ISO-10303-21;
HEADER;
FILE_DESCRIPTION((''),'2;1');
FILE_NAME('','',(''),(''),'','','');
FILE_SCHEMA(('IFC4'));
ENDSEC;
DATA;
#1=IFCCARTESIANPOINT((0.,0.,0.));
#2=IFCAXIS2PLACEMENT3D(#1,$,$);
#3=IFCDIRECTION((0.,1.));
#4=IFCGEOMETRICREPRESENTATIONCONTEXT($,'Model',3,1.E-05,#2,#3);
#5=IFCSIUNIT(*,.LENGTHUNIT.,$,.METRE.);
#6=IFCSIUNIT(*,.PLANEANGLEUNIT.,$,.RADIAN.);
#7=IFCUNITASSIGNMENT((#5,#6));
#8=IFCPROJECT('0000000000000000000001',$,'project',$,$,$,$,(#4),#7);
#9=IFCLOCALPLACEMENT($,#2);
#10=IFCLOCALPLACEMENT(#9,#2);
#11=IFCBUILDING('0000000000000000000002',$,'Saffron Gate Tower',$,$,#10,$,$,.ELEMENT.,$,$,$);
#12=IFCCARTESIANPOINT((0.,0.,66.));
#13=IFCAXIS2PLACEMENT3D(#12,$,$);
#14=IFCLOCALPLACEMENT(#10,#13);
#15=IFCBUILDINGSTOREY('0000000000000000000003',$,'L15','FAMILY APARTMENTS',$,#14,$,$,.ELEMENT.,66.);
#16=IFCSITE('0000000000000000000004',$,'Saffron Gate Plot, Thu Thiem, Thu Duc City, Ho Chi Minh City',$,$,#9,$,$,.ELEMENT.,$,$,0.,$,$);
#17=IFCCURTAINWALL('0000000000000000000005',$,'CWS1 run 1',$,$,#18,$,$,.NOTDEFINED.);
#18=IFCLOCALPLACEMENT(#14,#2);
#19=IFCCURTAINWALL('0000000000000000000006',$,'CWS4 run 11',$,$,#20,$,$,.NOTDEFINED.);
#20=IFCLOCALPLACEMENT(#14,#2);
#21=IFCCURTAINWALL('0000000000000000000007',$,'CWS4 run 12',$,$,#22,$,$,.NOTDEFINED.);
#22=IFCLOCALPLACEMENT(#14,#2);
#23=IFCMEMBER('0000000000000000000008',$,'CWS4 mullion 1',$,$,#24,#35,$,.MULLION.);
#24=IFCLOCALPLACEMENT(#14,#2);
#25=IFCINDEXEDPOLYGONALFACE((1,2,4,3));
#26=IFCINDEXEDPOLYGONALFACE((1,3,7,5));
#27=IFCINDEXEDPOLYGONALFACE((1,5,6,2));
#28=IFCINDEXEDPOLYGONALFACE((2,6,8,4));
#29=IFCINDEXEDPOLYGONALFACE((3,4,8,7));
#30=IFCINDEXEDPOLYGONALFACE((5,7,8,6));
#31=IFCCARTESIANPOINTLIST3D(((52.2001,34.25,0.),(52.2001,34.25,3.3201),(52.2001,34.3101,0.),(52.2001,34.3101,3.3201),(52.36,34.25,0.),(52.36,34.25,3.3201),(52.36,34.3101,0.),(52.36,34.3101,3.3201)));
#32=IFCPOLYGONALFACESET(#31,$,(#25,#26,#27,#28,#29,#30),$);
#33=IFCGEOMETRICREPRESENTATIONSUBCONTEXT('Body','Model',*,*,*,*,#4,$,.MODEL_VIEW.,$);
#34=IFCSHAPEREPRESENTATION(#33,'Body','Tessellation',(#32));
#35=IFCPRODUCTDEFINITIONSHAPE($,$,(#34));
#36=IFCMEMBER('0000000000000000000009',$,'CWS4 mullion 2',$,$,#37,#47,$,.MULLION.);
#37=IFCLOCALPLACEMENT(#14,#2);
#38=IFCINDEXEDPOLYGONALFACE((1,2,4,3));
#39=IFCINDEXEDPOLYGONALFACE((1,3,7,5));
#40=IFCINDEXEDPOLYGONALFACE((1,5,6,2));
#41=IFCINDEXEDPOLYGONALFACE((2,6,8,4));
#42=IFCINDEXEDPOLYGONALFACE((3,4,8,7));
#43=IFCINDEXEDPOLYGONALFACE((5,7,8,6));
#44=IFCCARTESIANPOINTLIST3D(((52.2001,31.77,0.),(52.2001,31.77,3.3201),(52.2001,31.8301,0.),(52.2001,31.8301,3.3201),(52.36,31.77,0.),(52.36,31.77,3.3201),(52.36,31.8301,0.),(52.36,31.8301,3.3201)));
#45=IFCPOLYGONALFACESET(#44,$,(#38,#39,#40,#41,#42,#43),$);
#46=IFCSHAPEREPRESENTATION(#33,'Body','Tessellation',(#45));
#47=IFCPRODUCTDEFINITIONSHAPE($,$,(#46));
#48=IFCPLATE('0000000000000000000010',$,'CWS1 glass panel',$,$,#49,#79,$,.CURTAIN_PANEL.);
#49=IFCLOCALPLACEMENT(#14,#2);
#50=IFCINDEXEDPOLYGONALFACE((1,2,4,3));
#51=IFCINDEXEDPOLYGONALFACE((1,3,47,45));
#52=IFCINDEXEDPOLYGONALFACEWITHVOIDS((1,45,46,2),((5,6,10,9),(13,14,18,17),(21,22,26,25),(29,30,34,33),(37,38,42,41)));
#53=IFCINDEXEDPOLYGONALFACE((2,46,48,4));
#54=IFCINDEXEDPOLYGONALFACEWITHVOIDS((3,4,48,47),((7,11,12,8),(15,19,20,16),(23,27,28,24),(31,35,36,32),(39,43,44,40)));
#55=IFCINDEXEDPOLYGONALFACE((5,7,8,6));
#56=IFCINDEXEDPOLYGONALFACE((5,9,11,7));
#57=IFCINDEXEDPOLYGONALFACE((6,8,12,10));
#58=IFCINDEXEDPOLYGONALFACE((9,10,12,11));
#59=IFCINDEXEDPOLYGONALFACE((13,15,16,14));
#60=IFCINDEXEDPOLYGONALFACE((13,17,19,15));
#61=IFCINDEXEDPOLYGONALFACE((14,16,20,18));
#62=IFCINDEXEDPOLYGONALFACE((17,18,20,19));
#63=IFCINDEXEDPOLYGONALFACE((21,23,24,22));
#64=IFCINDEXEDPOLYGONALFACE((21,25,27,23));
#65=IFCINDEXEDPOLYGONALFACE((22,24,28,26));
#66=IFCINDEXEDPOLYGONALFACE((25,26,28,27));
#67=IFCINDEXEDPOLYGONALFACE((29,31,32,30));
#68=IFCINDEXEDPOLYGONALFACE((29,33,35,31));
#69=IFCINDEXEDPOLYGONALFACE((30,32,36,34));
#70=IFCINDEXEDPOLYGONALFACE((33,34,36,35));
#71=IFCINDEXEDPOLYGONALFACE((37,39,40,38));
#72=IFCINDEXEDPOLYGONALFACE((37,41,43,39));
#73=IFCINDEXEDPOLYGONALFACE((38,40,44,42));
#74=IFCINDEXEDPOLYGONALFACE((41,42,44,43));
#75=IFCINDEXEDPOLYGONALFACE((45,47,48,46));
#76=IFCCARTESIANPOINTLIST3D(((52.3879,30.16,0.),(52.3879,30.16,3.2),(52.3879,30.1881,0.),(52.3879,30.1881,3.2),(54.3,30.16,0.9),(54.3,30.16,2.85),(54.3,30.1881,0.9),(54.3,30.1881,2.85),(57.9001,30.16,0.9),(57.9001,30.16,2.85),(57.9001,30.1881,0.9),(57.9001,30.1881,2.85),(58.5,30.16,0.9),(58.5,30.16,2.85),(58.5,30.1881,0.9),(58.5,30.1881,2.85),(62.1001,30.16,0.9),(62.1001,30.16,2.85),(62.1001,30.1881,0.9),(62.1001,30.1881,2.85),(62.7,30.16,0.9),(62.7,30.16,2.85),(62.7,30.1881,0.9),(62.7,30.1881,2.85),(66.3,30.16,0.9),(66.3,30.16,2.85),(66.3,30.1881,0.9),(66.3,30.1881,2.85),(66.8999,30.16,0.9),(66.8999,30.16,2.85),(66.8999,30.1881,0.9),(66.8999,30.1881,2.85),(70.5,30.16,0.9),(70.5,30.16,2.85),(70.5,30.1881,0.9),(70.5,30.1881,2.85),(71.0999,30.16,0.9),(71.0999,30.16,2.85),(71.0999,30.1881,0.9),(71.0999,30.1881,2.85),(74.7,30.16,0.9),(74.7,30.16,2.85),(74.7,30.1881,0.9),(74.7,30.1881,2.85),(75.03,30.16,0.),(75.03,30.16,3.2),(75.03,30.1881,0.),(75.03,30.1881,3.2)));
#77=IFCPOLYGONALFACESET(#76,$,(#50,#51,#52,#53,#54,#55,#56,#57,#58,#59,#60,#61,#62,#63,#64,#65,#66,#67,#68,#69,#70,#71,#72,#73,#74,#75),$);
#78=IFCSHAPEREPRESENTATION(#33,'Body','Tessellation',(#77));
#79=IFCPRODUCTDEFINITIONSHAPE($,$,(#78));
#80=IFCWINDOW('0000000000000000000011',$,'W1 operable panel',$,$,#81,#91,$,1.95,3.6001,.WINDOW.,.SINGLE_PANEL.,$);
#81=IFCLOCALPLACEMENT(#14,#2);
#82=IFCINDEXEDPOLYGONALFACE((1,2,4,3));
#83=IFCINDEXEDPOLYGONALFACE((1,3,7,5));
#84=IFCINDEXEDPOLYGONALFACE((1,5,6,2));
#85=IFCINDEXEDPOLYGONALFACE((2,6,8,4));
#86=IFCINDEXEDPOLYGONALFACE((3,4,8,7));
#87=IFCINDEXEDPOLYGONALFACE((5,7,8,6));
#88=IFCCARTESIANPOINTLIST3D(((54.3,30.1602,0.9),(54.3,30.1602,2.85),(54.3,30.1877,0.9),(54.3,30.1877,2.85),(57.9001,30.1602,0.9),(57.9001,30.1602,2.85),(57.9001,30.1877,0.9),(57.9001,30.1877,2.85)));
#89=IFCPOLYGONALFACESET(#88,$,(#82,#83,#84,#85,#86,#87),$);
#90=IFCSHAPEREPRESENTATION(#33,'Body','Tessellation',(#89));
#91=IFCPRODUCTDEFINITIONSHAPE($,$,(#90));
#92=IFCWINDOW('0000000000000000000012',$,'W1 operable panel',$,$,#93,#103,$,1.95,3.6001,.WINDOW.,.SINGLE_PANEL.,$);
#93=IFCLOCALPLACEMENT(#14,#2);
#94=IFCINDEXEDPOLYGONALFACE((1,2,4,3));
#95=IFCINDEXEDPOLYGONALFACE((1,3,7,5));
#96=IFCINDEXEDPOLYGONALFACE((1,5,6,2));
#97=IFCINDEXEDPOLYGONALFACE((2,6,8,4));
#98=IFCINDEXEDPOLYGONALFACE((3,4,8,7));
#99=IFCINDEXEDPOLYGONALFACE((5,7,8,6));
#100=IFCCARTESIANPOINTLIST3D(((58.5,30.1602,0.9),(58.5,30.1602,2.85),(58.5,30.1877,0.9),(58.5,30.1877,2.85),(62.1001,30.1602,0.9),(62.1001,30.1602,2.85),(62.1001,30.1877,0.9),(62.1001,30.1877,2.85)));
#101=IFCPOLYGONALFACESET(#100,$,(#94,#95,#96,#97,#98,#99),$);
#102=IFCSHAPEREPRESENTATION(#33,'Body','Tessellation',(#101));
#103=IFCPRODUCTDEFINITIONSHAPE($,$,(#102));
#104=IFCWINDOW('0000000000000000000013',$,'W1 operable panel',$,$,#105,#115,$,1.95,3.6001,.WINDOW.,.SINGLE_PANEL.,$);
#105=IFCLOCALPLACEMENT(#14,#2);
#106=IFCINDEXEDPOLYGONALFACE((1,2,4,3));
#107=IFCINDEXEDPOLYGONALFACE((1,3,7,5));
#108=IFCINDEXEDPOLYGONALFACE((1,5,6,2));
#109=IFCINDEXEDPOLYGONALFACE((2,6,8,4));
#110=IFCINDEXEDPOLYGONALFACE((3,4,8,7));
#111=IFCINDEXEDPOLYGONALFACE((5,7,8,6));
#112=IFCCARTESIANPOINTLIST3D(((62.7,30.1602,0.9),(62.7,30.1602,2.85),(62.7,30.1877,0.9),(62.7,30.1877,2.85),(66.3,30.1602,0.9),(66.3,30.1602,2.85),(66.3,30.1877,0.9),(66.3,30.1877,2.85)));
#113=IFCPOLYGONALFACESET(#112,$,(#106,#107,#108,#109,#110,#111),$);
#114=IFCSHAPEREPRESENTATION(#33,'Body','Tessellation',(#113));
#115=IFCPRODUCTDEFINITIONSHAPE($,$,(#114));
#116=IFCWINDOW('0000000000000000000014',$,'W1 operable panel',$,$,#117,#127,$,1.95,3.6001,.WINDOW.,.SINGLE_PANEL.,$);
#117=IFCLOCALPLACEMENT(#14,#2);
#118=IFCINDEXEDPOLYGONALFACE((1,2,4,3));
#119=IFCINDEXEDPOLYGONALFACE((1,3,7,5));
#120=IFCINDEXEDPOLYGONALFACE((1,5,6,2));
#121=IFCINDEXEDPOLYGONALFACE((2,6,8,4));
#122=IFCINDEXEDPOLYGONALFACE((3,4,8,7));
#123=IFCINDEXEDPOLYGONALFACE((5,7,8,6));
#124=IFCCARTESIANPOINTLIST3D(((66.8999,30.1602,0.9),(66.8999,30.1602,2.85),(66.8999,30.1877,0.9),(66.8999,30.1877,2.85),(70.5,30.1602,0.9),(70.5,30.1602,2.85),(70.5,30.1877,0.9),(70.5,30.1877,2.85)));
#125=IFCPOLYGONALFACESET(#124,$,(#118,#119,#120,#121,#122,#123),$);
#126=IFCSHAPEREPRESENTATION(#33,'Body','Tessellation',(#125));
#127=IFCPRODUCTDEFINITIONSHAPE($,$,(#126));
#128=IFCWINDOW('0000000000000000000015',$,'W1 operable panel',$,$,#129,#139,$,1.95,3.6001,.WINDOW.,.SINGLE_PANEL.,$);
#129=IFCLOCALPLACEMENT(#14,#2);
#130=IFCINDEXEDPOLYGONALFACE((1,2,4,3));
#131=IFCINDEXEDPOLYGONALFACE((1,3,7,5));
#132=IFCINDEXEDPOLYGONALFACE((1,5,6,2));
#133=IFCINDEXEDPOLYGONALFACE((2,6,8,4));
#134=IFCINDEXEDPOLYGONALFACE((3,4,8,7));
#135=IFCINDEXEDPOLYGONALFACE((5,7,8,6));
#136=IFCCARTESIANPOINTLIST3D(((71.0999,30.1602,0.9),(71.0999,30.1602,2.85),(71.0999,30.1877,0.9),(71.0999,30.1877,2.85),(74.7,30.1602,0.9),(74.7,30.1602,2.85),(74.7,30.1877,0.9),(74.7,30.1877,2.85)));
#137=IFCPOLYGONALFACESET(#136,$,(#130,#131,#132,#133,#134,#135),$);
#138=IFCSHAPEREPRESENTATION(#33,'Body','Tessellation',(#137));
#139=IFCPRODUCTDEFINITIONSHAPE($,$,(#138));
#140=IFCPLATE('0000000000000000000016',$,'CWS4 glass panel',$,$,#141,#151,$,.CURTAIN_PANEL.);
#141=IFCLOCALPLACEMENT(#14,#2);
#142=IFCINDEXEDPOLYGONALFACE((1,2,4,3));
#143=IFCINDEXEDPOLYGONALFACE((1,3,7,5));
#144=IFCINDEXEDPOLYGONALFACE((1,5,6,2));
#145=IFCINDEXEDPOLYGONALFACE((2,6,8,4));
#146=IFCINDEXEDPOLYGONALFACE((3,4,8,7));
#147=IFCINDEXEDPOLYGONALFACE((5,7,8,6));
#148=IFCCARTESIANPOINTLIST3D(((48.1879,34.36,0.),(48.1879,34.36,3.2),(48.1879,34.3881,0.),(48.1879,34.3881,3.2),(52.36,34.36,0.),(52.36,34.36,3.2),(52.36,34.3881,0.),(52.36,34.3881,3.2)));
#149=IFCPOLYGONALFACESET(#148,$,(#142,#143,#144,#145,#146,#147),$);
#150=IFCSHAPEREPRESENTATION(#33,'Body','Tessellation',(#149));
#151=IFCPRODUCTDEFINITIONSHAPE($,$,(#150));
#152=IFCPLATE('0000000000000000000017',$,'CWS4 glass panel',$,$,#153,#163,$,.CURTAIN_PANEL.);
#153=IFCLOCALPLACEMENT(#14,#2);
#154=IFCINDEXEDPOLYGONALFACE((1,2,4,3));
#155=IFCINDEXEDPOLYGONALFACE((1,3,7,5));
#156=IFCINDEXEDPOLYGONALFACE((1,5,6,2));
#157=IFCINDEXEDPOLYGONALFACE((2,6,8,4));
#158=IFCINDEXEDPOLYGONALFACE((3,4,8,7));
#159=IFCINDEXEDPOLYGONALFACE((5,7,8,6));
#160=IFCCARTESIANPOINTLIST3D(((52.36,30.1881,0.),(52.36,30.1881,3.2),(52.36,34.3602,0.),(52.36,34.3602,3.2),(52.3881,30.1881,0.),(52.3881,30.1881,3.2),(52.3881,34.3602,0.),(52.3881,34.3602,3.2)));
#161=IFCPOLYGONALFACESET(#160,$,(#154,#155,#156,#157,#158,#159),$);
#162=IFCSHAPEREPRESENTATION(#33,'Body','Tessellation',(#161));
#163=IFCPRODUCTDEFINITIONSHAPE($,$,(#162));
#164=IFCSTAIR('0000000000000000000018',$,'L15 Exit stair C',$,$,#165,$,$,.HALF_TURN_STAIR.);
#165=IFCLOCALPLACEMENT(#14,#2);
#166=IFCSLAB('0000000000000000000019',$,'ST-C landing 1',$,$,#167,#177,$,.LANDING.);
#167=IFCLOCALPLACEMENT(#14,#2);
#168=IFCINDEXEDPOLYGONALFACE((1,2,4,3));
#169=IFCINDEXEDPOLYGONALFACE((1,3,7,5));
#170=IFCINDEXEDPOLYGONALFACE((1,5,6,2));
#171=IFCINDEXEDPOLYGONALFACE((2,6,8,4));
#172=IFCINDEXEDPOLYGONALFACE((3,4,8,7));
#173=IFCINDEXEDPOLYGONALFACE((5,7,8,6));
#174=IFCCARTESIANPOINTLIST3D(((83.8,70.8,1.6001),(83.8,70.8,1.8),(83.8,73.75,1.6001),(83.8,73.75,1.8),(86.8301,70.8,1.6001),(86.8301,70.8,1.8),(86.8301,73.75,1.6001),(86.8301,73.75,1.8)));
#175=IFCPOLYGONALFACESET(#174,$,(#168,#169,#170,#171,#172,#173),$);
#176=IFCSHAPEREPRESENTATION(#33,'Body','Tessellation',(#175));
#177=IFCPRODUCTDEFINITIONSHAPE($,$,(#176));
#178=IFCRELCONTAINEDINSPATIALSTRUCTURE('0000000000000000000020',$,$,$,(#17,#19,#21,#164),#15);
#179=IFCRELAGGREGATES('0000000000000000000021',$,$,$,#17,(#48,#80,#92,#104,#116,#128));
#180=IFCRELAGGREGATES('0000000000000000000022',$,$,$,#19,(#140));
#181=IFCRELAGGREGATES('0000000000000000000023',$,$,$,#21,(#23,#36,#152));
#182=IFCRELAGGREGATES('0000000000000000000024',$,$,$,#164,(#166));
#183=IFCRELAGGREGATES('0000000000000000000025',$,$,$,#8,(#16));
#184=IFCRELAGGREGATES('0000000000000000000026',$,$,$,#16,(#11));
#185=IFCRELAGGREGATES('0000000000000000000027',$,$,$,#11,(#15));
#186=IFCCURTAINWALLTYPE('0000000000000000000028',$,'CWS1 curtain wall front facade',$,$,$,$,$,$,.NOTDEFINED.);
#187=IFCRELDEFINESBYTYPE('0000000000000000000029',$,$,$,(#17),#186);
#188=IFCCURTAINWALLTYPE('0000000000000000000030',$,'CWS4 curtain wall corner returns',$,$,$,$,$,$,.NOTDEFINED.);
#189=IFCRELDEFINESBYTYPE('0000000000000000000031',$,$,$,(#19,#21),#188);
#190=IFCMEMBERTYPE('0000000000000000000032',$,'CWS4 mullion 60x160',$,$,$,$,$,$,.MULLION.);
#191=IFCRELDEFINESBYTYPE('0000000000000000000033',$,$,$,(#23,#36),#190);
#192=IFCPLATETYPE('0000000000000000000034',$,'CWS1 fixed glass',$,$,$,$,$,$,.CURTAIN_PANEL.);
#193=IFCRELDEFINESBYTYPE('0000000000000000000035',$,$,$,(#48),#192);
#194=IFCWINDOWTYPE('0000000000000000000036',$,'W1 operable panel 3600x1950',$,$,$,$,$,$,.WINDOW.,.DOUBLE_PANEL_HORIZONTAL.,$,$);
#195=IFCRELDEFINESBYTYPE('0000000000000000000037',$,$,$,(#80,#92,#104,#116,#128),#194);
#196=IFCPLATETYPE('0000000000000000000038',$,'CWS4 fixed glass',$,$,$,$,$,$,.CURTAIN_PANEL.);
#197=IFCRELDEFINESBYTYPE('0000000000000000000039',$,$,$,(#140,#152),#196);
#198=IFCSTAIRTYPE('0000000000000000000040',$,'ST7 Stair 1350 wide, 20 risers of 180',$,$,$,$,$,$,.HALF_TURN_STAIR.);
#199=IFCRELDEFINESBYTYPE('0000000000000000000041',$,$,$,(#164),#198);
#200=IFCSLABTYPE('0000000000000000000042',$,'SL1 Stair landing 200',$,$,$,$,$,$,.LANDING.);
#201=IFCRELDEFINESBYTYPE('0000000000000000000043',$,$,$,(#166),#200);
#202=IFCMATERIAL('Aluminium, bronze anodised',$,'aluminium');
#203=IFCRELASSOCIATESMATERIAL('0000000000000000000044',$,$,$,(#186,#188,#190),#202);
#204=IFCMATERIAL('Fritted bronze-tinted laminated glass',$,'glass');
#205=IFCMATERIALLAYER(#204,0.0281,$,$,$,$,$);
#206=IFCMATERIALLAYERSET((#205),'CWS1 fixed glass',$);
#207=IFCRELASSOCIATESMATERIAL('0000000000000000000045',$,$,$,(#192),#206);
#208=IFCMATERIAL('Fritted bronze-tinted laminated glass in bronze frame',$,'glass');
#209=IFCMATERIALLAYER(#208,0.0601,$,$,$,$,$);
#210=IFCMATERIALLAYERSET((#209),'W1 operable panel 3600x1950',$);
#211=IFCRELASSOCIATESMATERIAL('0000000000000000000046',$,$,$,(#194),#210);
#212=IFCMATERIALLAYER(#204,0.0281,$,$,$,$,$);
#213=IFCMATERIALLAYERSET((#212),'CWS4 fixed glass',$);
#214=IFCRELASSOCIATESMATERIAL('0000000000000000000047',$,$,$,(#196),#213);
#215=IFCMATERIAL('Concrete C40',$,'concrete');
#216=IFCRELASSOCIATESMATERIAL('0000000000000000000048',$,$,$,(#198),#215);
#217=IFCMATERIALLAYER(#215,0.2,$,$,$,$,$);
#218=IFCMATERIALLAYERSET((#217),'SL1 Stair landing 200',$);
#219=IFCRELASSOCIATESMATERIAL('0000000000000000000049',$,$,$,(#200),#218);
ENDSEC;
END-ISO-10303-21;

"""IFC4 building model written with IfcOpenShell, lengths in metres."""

from ifc_helpers import new_model, si_unit, direction, frame, frame_2d, origin, origin_2d, place, context, subcontext, project, spatial, polyline, rectangle, outline, extrude, material, layer, layer_set, material_profile, profile_set, type_object, element, fill, aggregate, save


model = new_model("IFC4")

# Units and contexts
model_context = context("Model", 3, precision=1e-05, world=origin(), true_north=direction((0.0, 1.0)))
body_context = subcontext(model_context, "Body", "Model", "MODEL_VIEW")
ifc_project = project(units=[si_unit("LENGTHUNIT", "METRE"), si_unit("PLANEANGLEUNIT", "RADIAN")], contexts=[model_context])

# Site, building, storey
site_placement = place(None, origin())
site = spatial("IfcSite", under=ifc_project, at=site_placement, Name="Saffron Gate Plot, Thu Thiem, Thu Duc City, Ho Chi Minh City", CompositionType="ELEMENT", RefElevation=0.0)
building_placement = place(site_placement, origin())
building = spatial("IfcBuilding", under=site, at=building_placement, Name="Saffron Gate Tower", CompositionType="ELEMENT")
storey_placement = place(building_placement, frame((0.0, 0.0, 66.0)))
storey = spatial("IfcBuildingStorey", under=building, at=storey_placement, Name="L15", Description="FAMILY APARTMENTS", CompositionType="ELEMENT", Elevation=66.0)

# Curtain wall
ifc_material_1 = material(Name="Aluminium, bronze anodised", Category="aluminium")
curtain_wall_type_1 = type_object("IfcCurtainWallType", Name="CWS1 curtain wall front facade", PredefinedType="NOTDEFINED", material=ifc_material_1)
curtain_wall_1_placement = place(storey_placement, origin())
curtain_wall_1 = element("IfcCurtainWall", 1, at=curtain_wall_1_placement, inside=storey, type_object=curtain_wall_type_1, Name="CWS1 run 1", PredefinedType="NOTDEFINED")

# Curtain walls
curtain_wall_type_2 = type_object("IfcCurtainWallType", Name="CWS4 curtain wall corner returns", PredefinedType="NOTDEFINED", material=ifc_material_1)
curtain_wall_2_placement = place(storey_placement, origin())
curtain_wall_2 = element("IfcCurtainWall", 2, at=curtain_wall_2_placement, inside=storey, type_object=curtain_wall_type_2, Name="CWS4 run 11", PredefinedType="NOTDEFINED")
curtain_wall_3_placement = place(storey_placement, origin())
curtain_wall_3 = element("IfcCurtainWall", 3, at=curtain_wall_3_placement, inside=storey, type_object=curtain_wall_type_2, Name="CWS4 run 12", PredefinedType="NOTDEFINED")

# Members
ifc_material_profile_1 = material_profile(ifc_material_1, rectangle(XDim=0.1599, YDim=0.0601, at=origin_2d()))
ifc_profile_set_1 = profile_set([ifc_material_profile_1], Name="Aluminium, bronze anodised")
member_type_1 = type_object("IfcMemberType", Name="CWS4 mullion 60x160", PredefinedType="MULLION", material=ifc_profile_set_1)
member_1_placement = place(storey_placement, frame((52.28, 34.28, 0.0), z_axis=(0.0, 0.0, 1.0), x_axis=(1.0, 0.0, 0.0)))
member_1 = element("IfcMember", 4, at=member_1_placement, type_object=member_type_1, Name="CWS4 mullion 1", PredefinedType="MULLION", context=body_context, shape_type="SweptSolid", body=[
    extrude(rectangle(XDim=0.1599, YDim=0.0601, at=origin_2d()), origin(), (0.0, 0.0, 1.0), 3.3201),
])
member_2_placement = place(storey_placement, frame((52.28, 31.8, 0.0), z_axis=(0.0, 0.0, 1.0), x_axis=(1.0, 0.0, 0.0)))
member_2 = element("IfcMember", 5, at=member_2_placement, type_object=member_type_1, Name="CWS4 mullion 2", PredefinedType="MULLION", context=body_context, shape_type="SweptSolid", body=[
    extrude(rectangle(XDim=0.1599, YDim=0.0601, at=origin_2d()), origin(), (0.0, 0.0, 1.0), 3.3201),
])

# Plate, openings, windows
ifc_material_2 = material(Name="Fritted bronze-tinted laminated glass", Category="glass")
ifc_layer_1 = layer(ifc_material_2, 0.0281)
ifc_layer_set_1 = layer_set([ifc_layer_1], Name="CWS1 fixed glass")
plate_type_1 = type_object("IfcPlateType", Name="CWS1 fixed glass", PredefinedType="CURTAIN_PANEL", material=ifc_layer_set_1)
plate_1_placement = place(storey_placement, frame((52.3879, 30.1741, 0.0), z_axis=(0.0, 0.0, 1.0), x_axis=(1.0, 0.0, 0.0)))
plate_1 = element("IfcPlate", 6, at=plate_1_placement, type_object=plate_type_1, Name="CWS1 glass panel", PredefinedType="CURTAIN_PANEL", context=body_context, shape_type="SweptSolid", body=[
    extrude(rectangle(XDim=22.6421, YDim=0.0281, at=frame_2d((11.321, 0.0))), origin(), (0.0, 0.0, 1.0), 3.2),
])
opening_1_placement = place(plate_1_placement, frame((1.9121, 0.0, 0.8999)))
opening_1 = element("IfcOpeningElement", 7, at=opening_1_placement, cuts=plate_1, PredefinedType="OPENING", context=body_context, shape_type="SweptSolid", body=[
    extrude(rectangle(XDim=3.6001, YDim=1.95, at=frame_2d((1.8, 0.9751))), frame((0.0, 0.0239, 0.0), z_axis=(0.0, -1.0, 0.0), x_axis=(1.0, 0.0, 0.0)), (0.0, 0.0, 1.0), 0.0481),
])
opening_2_placement = place(plate_1_placement, frame((6.1121, 0.0, 0.8999)))
opening_2 = element("IfcOpeningElement", 8, at=opening_2_placement, cuts=plate_1, PredefinedType="OPENING", context=body_context, shape_type="SweptSolid", body=[
    extrude(rectangle(XDim=3.6001, YDim=1.95, at=frame_2d((1.8, 0.9751))), frame((0.0, 0.0239, 0.0), z_axis=(0.0, -1.0, 0.0), x_axis=(1.0, 0.0, 0.0)), (0.0, 0.0, 1.0), 0.0481),
])
opening_3_placement = place(plate_1_placement, frame((10.312, 0.0, 0.8999)))
opening_3 = element("IfcOpeningElement", 9, at=opening_3_placement, cuts=plate_1, PredefinedType="OPENING", context=body_context, shape_type="SweptSolid", body=[
    extrude(rectangle(XDim=3.6001, YDim=1.95, at=frame_2d((1.8, 0.9751))), frame((0.0, 0.0239, 0.0), z_axis=(0.0, -1.0, 0.0), x_axis=(1.0, 0.0, 0.0)), (0.0, 0.0, 1.0), 0.0481),
])
opening_4_placement = place(plate_1_placement, frame((14.512, 0.0, 0.8999)))
opening_4 = element("IfcOpeningElement", 10, at=opening_4_placement, cuts=plate_1, PredefinedType="OPENING", context=body_context, shape_type="SweptSolid", body=[
    extrude(rectangle(XDim=3.6001, YDim=1.95, at=frame_2d((1.8, 0.9751))), frame((0.0, 0.0239, 0.0), z_axis=(0.0, -1.0, 0.0), x_axis=(1.0, 0.0, 0.0)), (0.0, 0.0, 1.0), 0.0481),
])
opening_5_placement = place(plate_1_placement, frame((18.7119, 0.0, 0.8999)))
opening_5 = element("IfcOpeningElement", 11, at=opening_5_placement, cuts=plate_1, PredefinedType="OPENING", context=body_context, shape_type="SweptSolid", body=[
    extrude(rectangle(XDim=3.6001, YDim=1.95, at=frame_2d((1.8, 0.9751))), frame((0.0, 0.0239, 0.0), z_axis=(0.0, -1.0, 0.0), x_axis=(1.0, 0.0, 0.0)), (0.0, 0.0, 1.0), 0.0481),
])
ifc_material_3 = material(Name="Fritted bronze-tinted laminated glass in bronze frame", Category="glass")
ifc_layer_2 = layer(ifc_material_3, 0.0601)
ifc_layer_set_2 = layer_set([ifc_layer_2], Name="W1 operable panel 3600x1950")
window_type = type_object("IfcWindowType", Name="W1 operable panel 3600x1950", PartitioningType="DOUBLE_PANEL_HORIZONTAL", PredefinedType="WINDOW", material=ifc_layer_set_2)
window_1_placement = place(opening_1_placement, origin())
window_1 = element("IfcWindow", 12, at=window_1_placement, type_object=window_type, Name="W1 operable panel", OverallHeight=1.95, OverallWidth=3.6001, PartitioningType="SINGLE_PANEL", PredefinedType="WINDOW", context=body_context, shape_type="SweptSolid", body=[
    extrude(rectangle(XDim=3.6001, YDim=1.95, at=frame_2d((1.8, 0.9751))), frame((0.0, 0.0137, 0.0), z_axis=(0.0, -1.0, 0.0), x_axis=(1.0, 0.0, 0.0)), (0.0, 0.0, 1.0), 0.0276),
])
fill(opening_1, window_1)
window_2_placement = place(opening_2_placement, origin())
window_2 = element("IfcWindow", 13, at=window_2_placement, type_object=window_type, Name="W1 operable panel", OverallHeight=1.95, OverallWidth=3.6001, PartitioningType="SINGLE_PANEL", PredefinedType="WINDOW", context=body_context, shape_type="SweptSolid", body=[
    extrude(rectangle(XDim=3.6001, YDim=1.95, at=frame_2d((1.8, 0.9751))), frame((0.0, 0.0137, 0.0), z_axis=(0.0, -1.0, 0.0), x_axis=(1.0, 0.0, 0.0)), (0.0, 0.0, 1.0), 0.0276),
])
fill(opening_2, window_2)
window_3_placement = place(opening_3_placement, origin())
window_3 = element("IfcWindow", 14, at=window_3_placement, type_object=window_type, Name="W1 operable panel", OverallHeight=1.95, OverallWidth=3.6001, PartitioningType="SINGLE_PANEL", PredefinedType="WINDOW", context=body_context, shape_type="SweptSolid", body=[
    extrude(rectangle(XDim=3.6001, YDim=1.95, at=frame_2d((1.8, 0.9751))), frame((0.0, 0.0137, 0.0), z_axis=(0.0, -1.0, 0.0), x_axis=(1.0, 0.0, 0.0)), (0.0, 0.0, 1.0), 0.0276),
])
fill(opening_3, window_3)
window_4_placement = place(opening_4_placement, origin())
window_4 = element("IfcWindow", 15, at=window_4_placement, type_object=window_type, Name="W1 operable panel", OverallHeight=1.95, OverallWidth=3.6001, PartitioningType="SINGLE_PANEL", PredefinedType="WINDOW", context=body_context, shape_type="SweptSolid", body=[
    extrude(rectangle(XDim=3.6001, YDim=1.95, at=frame_2d((1.8, 0.9751))), frame((0.0, 0.0137, 0.0), z_axis=(0.0, -1.0, 0.0), x_axis=(1.0, 0.0, 0.0)), (0.0, 0.0, 1.0), 0.0276),
])
fill(opening_4, window_4)
window_5_placement = place(opening_5_placement, origin())
window_5 = element("IfcWindow", 16, at=window_5_placement, type_object=window_type, Name="W1 operable panel", OverallHeight=1.95, OverallWidth=3.6001, PartitioningType="SINGLE_PANEL", PredefinedType="WINDOW", context=body_context, shape_type="SweptSolid", body=[
    extrude(rectangle(XDim=3.6001, YDim=1.95, at=frame_2d((1.8, 0.9751))), frame((0.0, 0.0137, 0.0), z_axis=(0.0, -1.0, 0.0), x_axis=(1.0, 0.0, 0.0)), (0.0, 0.0, 1.0), 0.0276),
])
fill(opening_5, window_5)
aggregate(curtain_wall_1, [plate_1, window_1, window_2, window_3, window_4, window_5])

# Plates
ifc_layer_3 = layer(ifc_material_2, 0.0281)
ifc_layer_set_3 = layer_set([ifc_layer_3], Name="CWS4 fixed glass")
plate_type_2 = type_object("IfcPlateType", Name="CWS4 fixed glass", PredefinedType="CURTAIN_PANEL", material=ifc_layer_set_3)
plate_2_placement = place(storey_placement, frame((48.188, 34.374, 0.0), z_axis=(0.0, 0.0, 1.0), x_axis=(1.0, 0.0, 0.0)))
plate_2 = element("IfcPlate", 17, at=plate_2_placement, type_object=plate_type_2, Name="CWS4 glass panel", PredefinedType="CURTAIN_PANEL", context=body_context, shape_type="SweptSolid", body=[
    extrude(rectangle(XDim=4.1721, YDim=0.0281, at=frame_2d((2.0859, 0.0))), origin(), (0.0, 0.0, 1.0), 3.2),
])
aggregate(curtain_wall_2, [plate_2])
plate_3_placement = place(storey_placement, frame((52.374, 34.3601, 0.0), z_axis=(0.0, 0.0, 1.0), x_axis=(0.0, -1.0, 0.0)))
plate_3 = element("IfcPlate", 18, at=plate_3_placement, type_object=plate_type_2, Name="CWS4 glass panel", PredefinedType="CURTAIN_PANEL", context=body_context, shape_type="SweptSolid", body=[
    extrude(rectangle(XDim=4.1721, YDim=0.0281, at=frame_2d((2.0859, 0.0))), origin(), (0.0, 0.0, 1.0), 3.2),
])
aggregate(curtain_wall_3, [member_1, member_2, plate_3])

# Stair, slab
ifc_material_4 = material(Name="Concrete C40", Category="concrete")
stair_type = type_object("IfcStairType", Name="ST7 Stair 1350 wide, 20 risers of 180", PredefinedType="HALF_TURN_STAIR", material=ifc_material_4)
stair_1_placement = place(storey_placement, origin())
stair_1 = element("IfcStair", 19, at=stair_1_placement, inside=storey, type_object=stair_type, Name="L15 Exit stair C", PredefinedType="HALF_TURN_STAIR")
ifc_layer_4 = layer(ifc_material_4, 0.2)
ifc_layer_set_4 = layer_set([ifc_layer_4], Name="SL1 Stair landing 200")
slab_type = type_object("IfcSlabType", Name="SL1 Stair landing 200", PredefinedType="LANDING", material=ifc_layer_set_4)
slab_1_placement = place(storey_placement, frame((0.0, 0.0, 1.6001)))
slab_1 = element("IfcSlab", 20, at=slab_1_placement, type_object=slab_type, Name="ST-C landing 1", PredefinedType="LANDING", context=body_context, shape_type="SweptSolid", body=[
    extrude(outline(polyline([(86.8301, 73.75), (83.8, 73.75), (83.8, 70.8), (86.8301, 70.8), (86.8301, 73.75)])), origin(), (0.0, 0.0, 1.0), 0.2),
])
aggregate(stair_1, [slab_1])

save(model, "model.ifc")
